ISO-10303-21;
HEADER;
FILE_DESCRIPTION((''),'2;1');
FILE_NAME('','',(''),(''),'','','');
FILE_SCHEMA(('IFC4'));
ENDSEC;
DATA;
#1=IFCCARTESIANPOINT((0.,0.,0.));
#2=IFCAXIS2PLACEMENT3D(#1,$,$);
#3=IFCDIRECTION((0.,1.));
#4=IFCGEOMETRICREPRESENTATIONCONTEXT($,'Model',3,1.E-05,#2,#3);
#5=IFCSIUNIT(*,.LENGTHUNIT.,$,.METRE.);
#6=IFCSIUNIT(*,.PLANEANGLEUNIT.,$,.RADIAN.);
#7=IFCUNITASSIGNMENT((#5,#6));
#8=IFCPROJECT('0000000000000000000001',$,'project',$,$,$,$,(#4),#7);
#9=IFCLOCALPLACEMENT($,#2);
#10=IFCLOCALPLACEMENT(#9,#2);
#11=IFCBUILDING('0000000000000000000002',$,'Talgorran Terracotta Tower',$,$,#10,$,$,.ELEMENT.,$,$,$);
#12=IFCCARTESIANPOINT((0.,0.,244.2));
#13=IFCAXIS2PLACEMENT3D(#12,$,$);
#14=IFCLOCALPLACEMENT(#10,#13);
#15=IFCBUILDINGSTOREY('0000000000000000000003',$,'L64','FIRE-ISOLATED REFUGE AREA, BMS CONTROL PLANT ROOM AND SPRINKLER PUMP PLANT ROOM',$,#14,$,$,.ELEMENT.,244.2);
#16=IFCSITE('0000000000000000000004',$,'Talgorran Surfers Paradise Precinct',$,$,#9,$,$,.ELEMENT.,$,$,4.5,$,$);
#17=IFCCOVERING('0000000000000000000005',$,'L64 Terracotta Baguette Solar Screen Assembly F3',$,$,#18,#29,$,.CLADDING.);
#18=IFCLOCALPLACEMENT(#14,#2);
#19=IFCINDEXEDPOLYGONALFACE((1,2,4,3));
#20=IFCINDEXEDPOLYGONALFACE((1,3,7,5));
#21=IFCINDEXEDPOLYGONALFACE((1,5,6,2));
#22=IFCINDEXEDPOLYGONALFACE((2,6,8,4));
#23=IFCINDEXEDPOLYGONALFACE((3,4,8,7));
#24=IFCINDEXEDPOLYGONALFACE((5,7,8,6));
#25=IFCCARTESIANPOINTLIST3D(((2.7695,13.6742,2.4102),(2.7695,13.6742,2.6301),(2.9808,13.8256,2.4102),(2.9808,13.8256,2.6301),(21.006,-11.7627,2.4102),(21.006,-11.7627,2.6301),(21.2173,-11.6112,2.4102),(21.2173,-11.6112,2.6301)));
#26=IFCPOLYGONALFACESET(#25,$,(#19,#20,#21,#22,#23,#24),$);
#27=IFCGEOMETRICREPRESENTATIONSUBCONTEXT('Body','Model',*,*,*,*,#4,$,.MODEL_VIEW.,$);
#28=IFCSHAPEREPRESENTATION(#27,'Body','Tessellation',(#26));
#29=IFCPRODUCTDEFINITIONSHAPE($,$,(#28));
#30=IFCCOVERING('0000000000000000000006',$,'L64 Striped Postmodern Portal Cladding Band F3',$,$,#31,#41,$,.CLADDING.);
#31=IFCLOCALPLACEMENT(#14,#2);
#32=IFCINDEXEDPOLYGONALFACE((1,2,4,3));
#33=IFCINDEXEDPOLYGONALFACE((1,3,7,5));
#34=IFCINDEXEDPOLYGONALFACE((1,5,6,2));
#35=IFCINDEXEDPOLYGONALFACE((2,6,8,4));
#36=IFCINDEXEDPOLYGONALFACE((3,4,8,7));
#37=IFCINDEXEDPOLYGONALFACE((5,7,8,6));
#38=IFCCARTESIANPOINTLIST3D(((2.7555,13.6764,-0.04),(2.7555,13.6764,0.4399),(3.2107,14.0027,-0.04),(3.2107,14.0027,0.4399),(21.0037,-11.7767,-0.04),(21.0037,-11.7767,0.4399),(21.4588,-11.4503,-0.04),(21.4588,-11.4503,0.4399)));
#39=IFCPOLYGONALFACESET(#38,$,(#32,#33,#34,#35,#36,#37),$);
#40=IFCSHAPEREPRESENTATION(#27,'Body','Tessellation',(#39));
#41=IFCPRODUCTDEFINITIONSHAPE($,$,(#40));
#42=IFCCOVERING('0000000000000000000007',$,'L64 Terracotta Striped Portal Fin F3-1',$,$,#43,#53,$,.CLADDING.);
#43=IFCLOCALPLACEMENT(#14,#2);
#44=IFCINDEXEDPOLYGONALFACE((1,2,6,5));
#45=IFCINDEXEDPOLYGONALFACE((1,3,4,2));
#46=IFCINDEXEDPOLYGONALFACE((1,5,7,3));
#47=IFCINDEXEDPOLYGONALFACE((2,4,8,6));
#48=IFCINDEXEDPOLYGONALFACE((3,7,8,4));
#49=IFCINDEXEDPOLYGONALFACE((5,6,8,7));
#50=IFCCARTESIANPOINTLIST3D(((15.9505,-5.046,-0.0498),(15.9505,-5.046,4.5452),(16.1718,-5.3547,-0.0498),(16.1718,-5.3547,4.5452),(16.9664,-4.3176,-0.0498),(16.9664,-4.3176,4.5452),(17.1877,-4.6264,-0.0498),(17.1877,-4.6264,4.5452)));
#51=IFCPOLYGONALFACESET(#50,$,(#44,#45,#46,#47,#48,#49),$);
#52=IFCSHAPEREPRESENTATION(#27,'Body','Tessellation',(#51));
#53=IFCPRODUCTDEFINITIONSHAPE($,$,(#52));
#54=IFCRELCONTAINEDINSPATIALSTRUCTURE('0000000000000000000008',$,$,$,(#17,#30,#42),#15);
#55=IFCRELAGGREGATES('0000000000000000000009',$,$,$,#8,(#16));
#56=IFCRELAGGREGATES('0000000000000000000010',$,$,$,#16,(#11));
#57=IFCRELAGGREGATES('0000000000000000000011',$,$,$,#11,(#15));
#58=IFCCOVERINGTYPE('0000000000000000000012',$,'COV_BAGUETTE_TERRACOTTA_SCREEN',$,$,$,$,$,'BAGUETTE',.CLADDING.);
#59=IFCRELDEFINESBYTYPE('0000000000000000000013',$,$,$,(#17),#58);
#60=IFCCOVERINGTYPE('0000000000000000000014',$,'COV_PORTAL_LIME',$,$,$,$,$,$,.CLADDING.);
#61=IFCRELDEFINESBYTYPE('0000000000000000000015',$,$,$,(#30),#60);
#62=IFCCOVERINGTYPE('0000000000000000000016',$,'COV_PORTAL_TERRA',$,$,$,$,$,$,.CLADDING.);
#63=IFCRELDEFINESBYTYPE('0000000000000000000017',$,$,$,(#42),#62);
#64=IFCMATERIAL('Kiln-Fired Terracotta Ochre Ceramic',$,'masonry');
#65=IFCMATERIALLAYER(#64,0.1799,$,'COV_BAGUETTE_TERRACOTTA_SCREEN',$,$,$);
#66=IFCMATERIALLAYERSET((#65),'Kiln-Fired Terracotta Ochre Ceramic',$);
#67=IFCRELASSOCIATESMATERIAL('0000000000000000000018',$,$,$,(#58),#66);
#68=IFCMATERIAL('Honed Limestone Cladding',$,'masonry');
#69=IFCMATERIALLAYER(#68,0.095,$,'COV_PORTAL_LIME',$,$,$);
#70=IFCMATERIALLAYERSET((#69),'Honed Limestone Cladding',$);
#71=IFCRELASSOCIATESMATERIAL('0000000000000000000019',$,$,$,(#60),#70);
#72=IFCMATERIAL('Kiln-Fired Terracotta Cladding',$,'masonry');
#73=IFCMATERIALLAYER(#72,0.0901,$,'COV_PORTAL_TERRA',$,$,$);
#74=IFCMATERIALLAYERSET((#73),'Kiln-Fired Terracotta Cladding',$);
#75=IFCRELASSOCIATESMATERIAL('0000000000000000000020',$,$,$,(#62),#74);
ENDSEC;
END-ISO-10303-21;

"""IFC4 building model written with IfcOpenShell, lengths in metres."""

from ifc_helpers import new_model, si_unit, direction, frame, origin, origin_2d, place, context, subcontext, project, spatial, rectangle, extrude, material, layer, layer_set, type_object, element, save


model = new_model("IFC4")

# Units and contexts
model_context = context("Model", 3, precision=1e-05, world=origin(), true_north=direction((0.0, 1.0)))
body_context = subcontext(model_context, "Body", "Model", "MODEL_VIEW")
ifc_project = project(units=[si_unit("LENGTHUNIT", "METRE"), si_unit("PLANEANGLEUNIT", "RADIAN")], contexts=[model_context])

# Site, building, storey
site_placement = place(None, origin())
site = spatial("IfcSite", under=ifc_project, at=site_placement, Name="Talgorran Surfers Paradise Precinct", CompositionType="ELEMENT", RefElevation=4.5)
building_placement = place(site_placement, origin())
building = spatial("IfcBuilding", under=site, at=building_placement, Name="Talgorran Terracotta Tower", CompositionType="ELEMENT")
storey_placement = place(building_placement, frame((0.0, 0.0, 244.2)))
storey = spatial("IfcBuildingStorey", under=building, at=storey_placement, Name="L64", Description="FIRE-ISOLATED REFUGE AREA, BMS CONTROL PLANT ROOM AND SPRINKLER PUMP PLANT ROOM", CompositionType="ELEMENT", Elevation=244.2)

# Coverings
ifc_material_1 = material(Name="Kiln-Fired Terracotta Ochre Ceramic", Category="masonry")
ifc_layer_1 = layer(ifc_material_1, 0.1799, Name="COV_BAGUETTE_TERRACOTTA_SCREEN")
ifc_layer_set_1 = layer_set([ifc_layer_1], Name="Kiln-Fired Terracotta Ochre Ceramic")
covering_type_1 = type_object("IfcCoveringType", Name="COV_BAGUETTE_TERRACOTTA_SCREEN", ElementType="BAGUETTE", PredefinedType="CLADDING", material=ifc_layer_set_1)
covering_1_placement = place(storey_placement, frame((11.9934, 1.0315, 2.4102), z_axis=(0.0, 0.0, 1.0), x_axis=(-0.582662, 0.812715, 0.0)))
element("IfcCovering", 1, at=covering_1_placement, inside=storey, type_object=covering_type_1, Name="L64 Terracotta Baguette Solar Screen Assembly F3", PredefinedType="CLADDING", context=body_context, shape_type="SweptSolid", body=[
    extrude(rectangle(XDim=31.2986, YDim=0.26, at=origin_2d()), origin(), (0.0, 0.0, 1.0), 0.22),
])
ifc_material_2 = material(Name="Honed Limestone Cladding", Category="masonry")
ifc_layer_2 = layer(ifc_material_2, 0.095, Name="COV_PORTAL_LIME")
ifc_layer_set_2 = layer_set([ifc_layer_2], Name="Honed Limestone Cladding")
covering_type_2 = type_object("IfcCoveringType", Name="COV_PORTAL_LIME", PredefinedType="CLADDING", material=ifc_layer_set_2)
covering_2_placement = place(storey_placement, frame((12.1072, 1.113, -0.04), z_axis=(0.0, 0.0, 1.0), x_axis=(-0.582662, 0.812715, 0.0)))
element("IfcCovering", 2, at=covering_2_placement, inside=storey, type_object=covering_type_2, Name="L64 Striped Postmodern Portal Cladding Band F3", PredefinedType="CLADDING", context=body_context, shape_type="SweptSolid", body=[
    extrude(rectangle(XDim=31.3186, YDim=0.5601, at=origin_2d()), origin(), (0.0, 0.0, 1.0), 0.48),
])
ifc_material_3 = material(Name="Kiln-Fired Terracotta Cladding", Category="masonry")
ifc_layer_3 = layer(ifc_material_3, 0.0901, Name="COV_PORTAL_TERRA")
ifc_layer_set_3 = layer_set([ifc_layer_3], Name="Kiln-Fired Terracotta Cladding")
covering_type_3 = type_object("IfcCoveringType", Name="COV_PORTAL_TERRA", PredefinedType="CLADDING", material=ifc_layer_set_3)
covering_3_placement = place(storey_placement, frame((16.5691, -4.8362, -0.0498), z_axis=(0.0, 0.0, 1.0), x_axis=(-0.582662, 0.812715, 0.0)))
element("IfcCovering", 3, at=covering_3_placement, inside=storey, type_object=covering_type_3, Name="L64 Terracotta Striped Portal Fin F3-1", PredefinedType="CLADDING", context=body_context, shape_type="SweptSolid", body=[
    extrude(rectangle(XDim=0.3799, YDim=1.25, at=origin_2d()), origin(), (0.0, 0.0, 1.0), 4.595),
])

save(model, "model.ifc")
